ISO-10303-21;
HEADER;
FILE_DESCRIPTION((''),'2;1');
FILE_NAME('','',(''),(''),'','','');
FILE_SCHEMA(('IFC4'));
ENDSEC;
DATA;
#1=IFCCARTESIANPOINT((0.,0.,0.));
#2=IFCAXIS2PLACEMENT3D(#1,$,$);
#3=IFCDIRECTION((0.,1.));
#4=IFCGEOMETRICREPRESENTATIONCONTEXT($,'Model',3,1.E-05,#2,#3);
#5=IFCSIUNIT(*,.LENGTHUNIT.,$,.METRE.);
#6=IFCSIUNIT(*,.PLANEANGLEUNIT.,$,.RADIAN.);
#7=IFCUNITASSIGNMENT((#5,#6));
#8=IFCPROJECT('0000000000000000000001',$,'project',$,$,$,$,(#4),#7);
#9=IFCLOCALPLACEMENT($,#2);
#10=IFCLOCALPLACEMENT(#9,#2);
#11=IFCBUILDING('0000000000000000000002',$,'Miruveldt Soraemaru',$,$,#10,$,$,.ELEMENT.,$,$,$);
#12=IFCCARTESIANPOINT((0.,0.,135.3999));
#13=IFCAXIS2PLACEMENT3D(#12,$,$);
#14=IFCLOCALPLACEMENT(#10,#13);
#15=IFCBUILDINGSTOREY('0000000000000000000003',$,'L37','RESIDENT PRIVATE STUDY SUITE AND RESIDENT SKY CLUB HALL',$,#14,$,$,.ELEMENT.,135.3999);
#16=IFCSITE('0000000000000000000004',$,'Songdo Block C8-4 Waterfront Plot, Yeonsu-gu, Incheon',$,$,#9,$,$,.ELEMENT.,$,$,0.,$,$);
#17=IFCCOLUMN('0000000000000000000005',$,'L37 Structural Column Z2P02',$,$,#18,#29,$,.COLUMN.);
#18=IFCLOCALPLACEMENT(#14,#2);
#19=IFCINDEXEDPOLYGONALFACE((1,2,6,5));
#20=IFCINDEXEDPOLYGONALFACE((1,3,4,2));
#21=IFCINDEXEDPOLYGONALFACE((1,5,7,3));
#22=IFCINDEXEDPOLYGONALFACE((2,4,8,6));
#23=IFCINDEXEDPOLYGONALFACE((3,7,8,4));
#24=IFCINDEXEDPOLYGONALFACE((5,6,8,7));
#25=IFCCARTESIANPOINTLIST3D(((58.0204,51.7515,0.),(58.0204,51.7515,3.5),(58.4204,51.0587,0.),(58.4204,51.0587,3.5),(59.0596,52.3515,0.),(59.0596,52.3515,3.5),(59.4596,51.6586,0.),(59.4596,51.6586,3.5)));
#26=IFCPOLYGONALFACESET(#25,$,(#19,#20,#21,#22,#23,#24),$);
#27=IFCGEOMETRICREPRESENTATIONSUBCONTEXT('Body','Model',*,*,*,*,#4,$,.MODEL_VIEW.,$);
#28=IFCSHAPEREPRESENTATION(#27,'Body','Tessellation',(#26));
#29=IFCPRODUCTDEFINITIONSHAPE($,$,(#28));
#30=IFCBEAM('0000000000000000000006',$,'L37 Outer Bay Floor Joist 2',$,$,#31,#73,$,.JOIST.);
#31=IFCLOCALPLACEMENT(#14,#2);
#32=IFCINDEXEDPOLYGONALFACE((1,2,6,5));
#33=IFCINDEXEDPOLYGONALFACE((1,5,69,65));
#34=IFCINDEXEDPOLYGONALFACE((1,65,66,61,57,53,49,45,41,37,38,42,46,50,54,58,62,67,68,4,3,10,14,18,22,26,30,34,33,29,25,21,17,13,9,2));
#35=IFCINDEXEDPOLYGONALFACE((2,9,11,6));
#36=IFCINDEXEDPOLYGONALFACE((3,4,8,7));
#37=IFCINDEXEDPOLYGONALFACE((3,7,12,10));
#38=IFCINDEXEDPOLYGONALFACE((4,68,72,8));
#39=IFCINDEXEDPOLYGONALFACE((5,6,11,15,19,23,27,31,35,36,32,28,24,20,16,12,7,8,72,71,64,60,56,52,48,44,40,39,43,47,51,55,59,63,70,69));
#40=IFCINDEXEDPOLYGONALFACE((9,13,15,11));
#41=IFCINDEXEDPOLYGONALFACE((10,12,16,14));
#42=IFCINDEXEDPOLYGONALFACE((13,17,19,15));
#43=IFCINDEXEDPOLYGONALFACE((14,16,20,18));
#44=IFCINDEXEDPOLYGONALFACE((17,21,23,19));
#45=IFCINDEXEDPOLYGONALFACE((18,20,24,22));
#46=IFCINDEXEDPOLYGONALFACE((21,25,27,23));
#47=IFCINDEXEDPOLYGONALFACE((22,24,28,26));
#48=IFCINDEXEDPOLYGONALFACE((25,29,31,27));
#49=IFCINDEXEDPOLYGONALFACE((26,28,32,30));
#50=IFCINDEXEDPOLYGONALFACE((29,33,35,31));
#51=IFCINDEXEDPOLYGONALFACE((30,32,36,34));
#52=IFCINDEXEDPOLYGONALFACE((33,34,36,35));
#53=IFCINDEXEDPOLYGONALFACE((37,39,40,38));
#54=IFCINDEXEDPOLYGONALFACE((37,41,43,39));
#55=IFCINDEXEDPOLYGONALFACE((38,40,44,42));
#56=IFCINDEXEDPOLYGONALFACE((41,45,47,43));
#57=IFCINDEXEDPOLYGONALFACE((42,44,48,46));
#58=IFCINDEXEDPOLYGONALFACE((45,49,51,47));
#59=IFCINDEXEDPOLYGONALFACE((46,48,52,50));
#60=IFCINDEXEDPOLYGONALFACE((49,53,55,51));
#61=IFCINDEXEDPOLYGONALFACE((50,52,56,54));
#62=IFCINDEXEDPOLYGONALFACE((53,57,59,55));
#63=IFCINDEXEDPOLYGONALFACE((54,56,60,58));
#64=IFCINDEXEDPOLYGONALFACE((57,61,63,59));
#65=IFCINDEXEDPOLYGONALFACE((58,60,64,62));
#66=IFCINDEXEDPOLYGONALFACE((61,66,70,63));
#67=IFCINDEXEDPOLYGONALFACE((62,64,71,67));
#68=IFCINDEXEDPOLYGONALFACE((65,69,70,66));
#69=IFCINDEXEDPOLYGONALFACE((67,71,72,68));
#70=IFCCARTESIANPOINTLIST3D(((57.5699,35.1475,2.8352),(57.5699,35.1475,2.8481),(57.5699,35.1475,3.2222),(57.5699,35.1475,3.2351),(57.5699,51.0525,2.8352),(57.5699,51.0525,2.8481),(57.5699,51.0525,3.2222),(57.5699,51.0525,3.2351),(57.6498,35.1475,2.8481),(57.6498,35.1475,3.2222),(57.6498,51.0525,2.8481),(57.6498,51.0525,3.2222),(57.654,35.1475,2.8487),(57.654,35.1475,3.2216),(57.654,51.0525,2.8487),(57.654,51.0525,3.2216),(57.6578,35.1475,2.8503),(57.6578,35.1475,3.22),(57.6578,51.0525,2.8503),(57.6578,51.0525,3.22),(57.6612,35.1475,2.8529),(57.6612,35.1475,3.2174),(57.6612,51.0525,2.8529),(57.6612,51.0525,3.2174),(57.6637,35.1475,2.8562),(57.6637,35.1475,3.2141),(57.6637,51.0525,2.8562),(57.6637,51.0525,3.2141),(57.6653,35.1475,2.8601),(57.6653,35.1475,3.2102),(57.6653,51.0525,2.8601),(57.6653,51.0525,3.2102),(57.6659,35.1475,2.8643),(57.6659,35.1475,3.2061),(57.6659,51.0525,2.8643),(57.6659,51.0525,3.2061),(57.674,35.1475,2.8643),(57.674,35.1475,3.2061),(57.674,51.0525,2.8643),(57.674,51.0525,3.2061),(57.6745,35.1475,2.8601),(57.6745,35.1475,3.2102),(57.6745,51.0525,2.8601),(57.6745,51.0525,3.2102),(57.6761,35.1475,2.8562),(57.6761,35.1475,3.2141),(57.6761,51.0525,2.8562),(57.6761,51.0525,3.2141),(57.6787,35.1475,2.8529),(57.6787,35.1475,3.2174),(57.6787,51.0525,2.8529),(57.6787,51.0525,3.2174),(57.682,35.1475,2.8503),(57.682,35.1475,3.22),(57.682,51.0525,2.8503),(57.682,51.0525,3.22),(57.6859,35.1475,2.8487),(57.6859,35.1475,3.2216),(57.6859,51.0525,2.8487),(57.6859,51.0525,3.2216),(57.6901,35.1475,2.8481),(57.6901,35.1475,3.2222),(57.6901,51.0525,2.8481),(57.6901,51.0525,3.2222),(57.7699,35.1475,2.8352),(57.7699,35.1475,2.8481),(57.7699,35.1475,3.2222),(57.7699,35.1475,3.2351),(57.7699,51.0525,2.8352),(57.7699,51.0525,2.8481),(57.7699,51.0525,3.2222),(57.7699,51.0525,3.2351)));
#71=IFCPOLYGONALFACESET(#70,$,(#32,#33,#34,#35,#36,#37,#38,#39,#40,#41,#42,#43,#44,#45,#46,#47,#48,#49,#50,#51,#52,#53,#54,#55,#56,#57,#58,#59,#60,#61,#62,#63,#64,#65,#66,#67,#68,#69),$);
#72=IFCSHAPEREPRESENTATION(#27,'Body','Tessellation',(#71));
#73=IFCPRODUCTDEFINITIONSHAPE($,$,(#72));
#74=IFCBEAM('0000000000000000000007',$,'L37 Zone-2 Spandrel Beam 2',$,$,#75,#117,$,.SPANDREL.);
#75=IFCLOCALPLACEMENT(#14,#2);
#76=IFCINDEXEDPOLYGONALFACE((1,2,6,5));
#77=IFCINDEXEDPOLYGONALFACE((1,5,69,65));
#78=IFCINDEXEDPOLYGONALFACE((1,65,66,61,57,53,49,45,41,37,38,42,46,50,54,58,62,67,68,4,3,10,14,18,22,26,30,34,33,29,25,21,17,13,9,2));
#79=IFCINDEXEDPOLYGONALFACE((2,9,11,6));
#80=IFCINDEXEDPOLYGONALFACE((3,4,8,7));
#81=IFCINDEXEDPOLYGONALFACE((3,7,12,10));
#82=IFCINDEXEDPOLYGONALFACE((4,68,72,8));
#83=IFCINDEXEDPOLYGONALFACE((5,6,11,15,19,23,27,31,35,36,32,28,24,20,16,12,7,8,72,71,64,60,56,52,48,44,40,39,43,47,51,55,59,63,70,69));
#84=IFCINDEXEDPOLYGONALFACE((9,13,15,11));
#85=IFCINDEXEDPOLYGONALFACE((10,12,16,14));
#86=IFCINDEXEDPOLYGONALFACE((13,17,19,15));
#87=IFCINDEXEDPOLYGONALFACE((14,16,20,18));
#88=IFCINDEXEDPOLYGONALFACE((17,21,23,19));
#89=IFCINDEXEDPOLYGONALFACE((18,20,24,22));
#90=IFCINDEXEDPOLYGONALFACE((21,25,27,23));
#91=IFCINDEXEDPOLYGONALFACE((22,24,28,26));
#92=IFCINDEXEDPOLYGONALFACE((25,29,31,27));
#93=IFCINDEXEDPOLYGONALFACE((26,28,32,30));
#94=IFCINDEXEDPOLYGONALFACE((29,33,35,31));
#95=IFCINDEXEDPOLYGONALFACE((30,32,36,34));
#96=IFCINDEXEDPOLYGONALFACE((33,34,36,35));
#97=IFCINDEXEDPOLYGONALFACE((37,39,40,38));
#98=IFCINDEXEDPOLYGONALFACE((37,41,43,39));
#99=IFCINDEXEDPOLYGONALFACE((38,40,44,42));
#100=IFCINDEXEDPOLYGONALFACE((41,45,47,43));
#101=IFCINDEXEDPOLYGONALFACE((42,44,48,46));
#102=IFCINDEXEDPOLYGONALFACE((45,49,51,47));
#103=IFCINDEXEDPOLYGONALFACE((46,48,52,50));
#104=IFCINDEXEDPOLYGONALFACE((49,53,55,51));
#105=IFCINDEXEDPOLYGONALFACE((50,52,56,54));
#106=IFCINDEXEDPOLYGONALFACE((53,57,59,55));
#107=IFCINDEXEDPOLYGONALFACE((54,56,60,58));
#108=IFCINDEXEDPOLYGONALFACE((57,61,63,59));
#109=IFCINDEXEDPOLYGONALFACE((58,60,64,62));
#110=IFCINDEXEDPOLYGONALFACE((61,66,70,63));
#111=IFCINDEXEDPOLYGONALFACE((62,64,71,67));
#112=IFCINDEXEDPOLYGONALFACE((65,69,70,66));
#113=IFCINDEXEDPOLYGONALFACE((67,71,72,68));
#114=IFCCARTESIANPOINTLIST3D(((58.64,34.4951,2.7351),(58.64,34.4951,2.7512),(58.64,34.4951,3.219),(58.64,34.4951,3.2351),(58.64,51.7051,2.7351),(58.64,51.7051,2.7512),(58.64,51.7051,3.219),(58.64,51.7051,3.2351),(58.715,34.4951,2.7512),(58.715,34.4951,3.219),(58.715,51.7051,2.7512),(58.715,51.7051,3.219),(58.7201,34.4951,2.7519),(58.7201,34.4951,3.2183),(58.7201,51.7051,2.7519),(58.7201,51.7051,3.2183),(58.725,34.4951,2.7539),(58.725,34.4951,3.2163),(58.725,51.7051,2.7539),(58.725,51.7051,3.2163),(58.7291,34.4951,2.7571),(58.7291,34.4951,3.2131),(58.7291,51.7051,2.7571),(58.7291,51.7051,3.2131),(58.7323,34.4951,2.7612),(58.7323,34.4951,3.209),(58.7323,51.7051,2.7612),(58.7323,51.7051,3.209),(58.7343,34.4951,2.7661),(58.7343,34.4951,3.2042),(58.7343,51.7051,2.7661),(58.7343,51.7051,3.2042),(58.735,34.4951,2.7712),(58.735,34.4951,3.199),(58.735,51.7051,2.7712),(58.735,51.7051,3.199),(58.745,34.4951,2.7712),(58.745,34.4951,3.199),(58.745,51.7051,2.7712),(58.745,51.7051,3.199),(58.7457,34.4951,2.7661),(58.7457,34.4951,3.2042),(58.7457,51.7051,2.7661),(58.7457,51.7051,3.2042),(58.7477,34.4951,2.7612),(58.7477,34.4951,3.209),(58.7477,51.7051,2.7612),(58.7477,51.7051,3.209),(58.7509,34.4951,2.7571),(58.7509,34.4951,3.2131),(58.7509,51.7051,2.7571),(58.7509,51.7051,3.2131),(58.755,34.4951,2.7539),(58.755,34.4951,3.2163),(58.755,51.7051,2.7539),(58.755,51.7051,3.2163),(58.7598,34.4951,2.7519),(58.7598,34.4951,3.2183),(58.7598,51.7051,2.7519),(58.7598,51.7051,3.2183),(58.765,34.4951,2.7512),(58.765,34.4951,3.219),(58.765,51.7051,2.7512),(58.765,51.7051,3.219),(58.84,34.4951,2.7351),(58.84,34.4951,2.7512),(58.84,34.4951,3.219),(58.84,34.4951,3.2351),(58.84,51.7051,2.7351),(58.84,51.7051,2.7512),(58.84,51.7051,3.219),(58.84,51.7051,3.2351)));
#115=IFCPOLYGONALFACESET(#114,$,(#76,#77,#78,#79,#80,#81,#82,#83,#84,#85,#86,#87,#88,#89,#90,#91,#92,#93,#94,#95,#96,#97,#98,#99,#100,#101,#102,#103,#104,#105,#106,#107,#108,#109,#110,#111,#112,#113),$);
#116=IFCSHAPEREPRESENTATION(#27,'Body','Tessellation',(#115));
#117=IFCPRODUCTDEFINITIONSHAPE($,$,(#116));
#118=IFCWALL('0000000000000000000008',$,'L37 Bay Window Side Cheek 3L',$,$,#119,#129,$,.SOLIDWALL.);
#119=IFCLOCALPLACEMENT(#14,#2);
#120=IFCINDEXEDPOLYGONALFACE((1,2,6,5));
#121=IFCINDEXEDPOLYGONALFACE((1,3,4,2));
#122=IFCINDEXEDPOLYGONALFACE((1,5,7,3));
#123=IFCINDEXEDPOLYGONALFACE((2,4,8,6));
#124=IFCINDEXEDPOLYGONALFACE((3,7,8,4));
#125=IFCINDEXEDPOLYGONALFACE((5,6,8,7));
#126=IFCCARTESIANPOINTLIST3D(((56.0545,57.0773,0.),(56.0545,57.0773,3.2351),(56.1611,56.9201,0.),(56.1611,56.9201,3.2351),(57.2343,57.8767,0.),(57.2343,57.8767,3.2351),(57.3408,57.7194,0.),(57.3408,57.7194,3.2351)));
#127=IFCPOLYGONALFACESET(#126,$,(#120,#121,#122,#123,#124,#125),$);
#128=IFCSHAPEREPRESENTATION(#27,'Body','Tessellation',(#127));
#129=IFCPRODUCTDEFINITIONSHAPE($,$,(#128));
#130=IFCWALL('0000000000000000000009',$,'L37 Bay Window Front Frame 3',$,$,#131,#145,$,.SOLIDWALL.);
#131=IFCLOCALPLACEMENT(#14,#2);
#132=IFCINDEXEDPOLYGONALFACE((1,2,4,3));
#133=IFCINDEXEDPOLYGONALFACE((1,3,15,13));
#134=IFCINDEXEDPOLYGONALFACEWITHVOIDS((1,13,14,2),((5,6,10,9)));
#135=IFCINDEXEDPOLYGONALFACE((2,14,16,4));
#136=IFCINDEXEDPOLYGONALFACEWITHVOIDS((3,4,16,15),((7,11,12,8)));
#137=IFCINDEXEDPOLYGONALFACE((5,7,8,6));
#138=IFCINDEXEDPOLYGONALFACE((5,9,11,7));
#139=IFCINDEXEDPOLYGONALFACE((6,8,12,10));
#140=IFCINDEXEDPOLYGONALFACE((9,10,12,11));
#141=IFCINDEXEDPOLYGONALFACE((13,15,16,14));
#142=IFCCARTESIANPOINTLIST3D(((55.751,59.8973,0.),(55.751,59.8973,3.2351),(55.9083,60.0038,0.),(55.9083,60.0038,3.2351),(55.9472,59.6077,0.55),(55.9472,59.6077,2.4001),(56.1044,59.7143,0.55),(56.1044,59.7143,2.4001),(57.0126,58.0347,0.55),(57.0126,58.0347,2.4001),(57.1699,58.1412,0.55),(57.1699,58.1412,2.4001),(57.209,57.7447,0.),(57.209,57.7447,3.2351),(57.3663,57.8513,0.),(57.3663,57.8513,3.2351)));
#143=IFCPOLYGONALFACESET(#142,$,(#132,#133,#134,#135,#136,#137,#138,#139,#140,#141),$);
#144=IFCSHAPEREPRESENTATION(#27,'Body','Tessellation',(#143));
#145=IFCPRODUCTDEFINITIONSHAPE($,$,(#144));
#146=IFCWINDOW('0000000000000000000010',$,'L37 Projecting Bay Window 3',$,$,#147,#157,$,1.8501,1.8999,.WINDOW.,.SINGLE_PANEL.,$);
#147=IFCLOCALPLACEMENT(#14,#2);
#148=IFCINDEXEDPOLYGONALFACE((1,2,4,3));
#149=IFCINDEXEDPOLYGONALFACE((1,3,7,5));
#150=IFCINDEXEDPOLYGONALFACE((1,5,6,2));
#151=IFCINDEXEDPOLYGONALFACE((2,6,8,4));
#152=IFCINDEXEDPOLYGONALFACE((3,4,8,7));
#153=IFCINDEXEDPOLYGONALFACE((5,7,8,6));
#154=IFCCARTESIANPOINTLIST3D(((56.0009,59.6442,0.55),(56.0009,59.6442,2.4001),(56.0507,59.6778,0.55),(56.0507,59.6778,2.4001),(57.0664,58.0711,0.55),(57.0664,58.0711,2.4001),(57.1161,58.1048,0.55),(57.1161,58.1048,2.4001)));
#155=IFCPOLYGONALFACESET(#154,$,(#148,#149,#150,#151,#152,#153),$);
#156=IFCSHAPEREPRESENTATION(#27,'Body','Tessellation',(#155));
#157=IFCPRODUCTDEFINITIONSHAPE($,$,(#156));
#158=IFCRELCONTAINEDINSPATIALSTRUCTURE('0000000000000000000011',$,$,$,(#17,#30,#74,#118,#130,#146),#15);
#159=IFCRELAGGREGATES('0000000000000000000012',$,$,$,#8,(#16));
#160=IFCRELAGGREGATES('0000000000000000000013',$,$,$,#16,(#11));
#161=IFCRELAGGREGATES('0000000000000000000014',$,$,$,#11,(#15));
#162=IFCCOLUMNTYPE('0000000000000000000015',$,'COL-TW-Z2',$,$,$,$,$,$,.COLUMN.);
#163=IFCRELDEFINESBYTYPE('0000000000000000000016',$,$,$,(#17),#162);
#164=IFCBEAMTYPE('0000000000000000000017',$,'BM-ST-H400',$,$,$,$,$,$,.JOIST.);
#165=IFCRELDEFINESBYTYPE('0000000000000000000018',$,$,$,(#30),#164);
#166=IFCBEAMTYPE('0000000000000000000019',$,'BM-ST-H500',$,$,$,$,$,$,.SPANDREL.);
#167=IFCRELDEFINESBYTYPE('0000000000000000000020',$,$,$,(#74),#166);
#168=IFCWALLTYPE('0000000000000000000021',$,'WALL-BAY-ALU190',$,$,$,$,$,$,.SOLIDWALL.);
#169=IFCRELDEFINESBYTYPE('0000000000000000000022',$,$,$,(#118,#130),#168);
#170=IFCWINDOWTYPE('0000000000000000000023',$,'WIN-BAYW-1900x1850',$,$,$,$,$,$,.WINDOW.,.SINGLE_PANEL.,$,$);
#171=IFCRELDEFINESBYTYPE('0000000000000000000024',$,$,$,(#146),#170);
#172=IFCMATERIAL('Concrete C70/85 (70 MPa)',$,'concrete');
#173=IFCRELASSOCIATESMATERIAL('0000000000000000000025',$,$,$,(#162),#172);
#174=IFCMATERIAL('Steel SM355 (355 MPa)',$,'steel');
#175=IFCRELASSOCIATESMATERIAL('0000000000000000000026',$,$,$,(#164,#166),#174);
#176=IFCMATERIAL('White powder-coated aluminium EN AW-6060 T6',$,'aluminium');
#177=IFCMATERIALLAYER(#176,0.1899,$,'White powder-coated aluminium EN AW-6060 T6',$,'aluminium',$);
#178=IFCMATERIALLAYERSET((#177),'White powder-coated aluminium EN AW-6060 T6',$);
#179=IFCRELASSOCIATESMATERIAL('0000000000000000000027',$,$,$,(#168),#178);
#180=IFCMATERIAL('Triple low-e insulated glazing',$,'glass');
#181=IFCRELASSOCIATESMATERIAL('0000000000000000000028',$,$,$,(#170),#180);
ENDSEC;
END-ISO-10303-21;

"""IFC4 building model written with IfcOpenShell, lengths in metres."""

from ifc_helpers import new_model, si_unit, direction, frame, frame_2d, origin, origin_2d, place, context, subcontext, project, spatial, rectangle, i_section, extrude, material, layer, layer_set, material_profile, profile_set, type_object, element, fill, save


model = new_model("IFC4")

# Units and contexts
model_context = context("Model", 3, precision=1e-05, world=origin(), true_north=direction((0.0, 1.0)))
body_context = subcontext(model_context, "Body", "Model", "MODEL_VIEW")
ifc_project = project(units=[si_unit("LENGTHUNIT", "METRE"), si_unit("PLANEANGLEUNIT", "RADIAN")], contexts=[model_context])

# Site, building, storey
site_placement = place(None, origin())
site = spatial("IfcSite", under=ifc_project, at=site_placement, Name="Songdo Block C8-4 Waterfront Plot, Yeonsu-gu, Incheon", CompositionType="ELEMENT", RefElevation=0.0)
building_placement = place(site_placement, origin())
building = spatial("IfcBuilding", under=site, at=building_placement, Name="Miruveldt Soraemaru", CompositionType="ELEMENT")
storey_placement = place(building_placement, frame((0.0, 0.0, 135.3999)))
storey = spatial("IfcBuildingStorey", under=building, at=storey_placement, Name="L37", Description="RESIDENT PRIVATE STUDY SUITE AND RESIDENT SKY CLUB HALL", CompositionType="ELEMENT", Elevation=135.3999)

# Column
ifc_material_1 = material(Name="Concrete C70/85 (70 MPa)", Category="concrete")
ifc_material_profile_1 = material_profile(ifc_material_1, rectangle(XDim=1.2, YDim=0.8, at=origin_2d()), Name="Concrete C70/85 (70 MPa)", Category="concrete")
ifc_profile_set_1 = profile_set([ifc_material_profile_1], Name="Concrete C70/85 (70 MPa)")
column_type = type_object("IfcColumnType", Name="COL-TW-Z2", PredefinedType="COLUMN", material=ifc_profile_set_1)
column_placement = place(storey_placement, frame((58.74, 51.7051, 0.0), z_axis=(0.0, 0.0, 1.0), x_axis=(0.866025, 0.5, 0.0)))
element("IfcColumn", 1, at=column_placement, inside=storey, type_object=column_type, Name="L37 Structural Column Z2P02", PredefinedType="COLUMN", context=body_context, shape_type="SweptSolid", body=[
    extrude(rectangle(XDim=1.2, YDim=0.8, at=origin_2d()), origin(), (0.0, 0.0, 1.0), 3.5),
])

# Beams
ifc_material_2 = material(Name="Steel SM355 (355 MPa)", Category="steel")
ifc_material_profile_2 = material_profile(ifc_material_2, i_section(OverallWidth=0.2, OverallDepth=0.3999, WebThickness=0.0081, FlangeThickness=0.0129, FilletRadius=0.0161, at=origin_2d()), Name="Steel SM355 (355 MPa)", Category="steel")
ifc_profile_set_2 = profile_set([ifc_material_profile_2], Name="Steel SM355 (355 MPa)")
beam_type_1 = type_object("IfcBeamType", Name="BM-ST-H400", PredefinedType="JOIST", material=ifc_profile_set_2)
beam_1_placement = place(storey_placement, frame((57.6699, 51.0525, 3.0352), z_axis=(0.0, -1.0, 0.0), x_axis=(1.0, 0.0, 0.0)))
element("IfcBeam", 2, at=beam_1_placement, inside=storey, type_object=beam_type_1, Name="L37 Outer Bay Floor Joist 2", PredefinedType="JOIST", context=body_context, shape_type="SweptSolid", body=[
    extrude(i_section(OverallWidth=0.2, OverallDepth=0.3999, WebThickness=0.0081, FlangeThickness=0.0129, FilletRadius=0.0161, at=origin_2d()), origin(), (0.0, 0.0, 1.0), 15.905),
])
ifc_material_profile_3 = material_profile(ifc_material_2, i_section(OverallWidth=0.2, OverallDepth=0.5, WebThickness=0.01, FlangeThickness=0.0161, FilletRadius=0.02, at=origin_2d()), Name="Steel SM355 (355 MPa)", Category="steel")
ifc_profile_set_3 = profile_set([ifc_material_profile_3], Name="Steel SM355 (355 MPa)")
beam_type_2 = type_object("IfcBeamType", Name="BM-ST-H500", PredefinedType="SPANDREL", material=ifc_profile_set_3)
beam_2_placement = place(storey_placement, frame((58.74, 51.7051, 2.9851), z_axis=(0.0, -1.0, 0.0), x_axis=(1.0, 0.0, 0.0)))
element("IfcBeam", 3, at=beam_2_placement, inside=storey, type_object=beam_type_2, Name="L37 Zone-2 Spandrel Beam 2", PredefinedType="SPANDREL", context=body_context, shape_type="SweptSolid", body=[
    extrude(i_section(OverallWidth=0.2, OverallDepth=0.5, WebThickness=0.01, FlangeThickness=0.0161, FilletRadius=0.02, at=origin_2d()), origin(), (0.0, 0.0, 1.0), 17.21),
])

# Wall
ifc_material_3 = material(Name="White powder-coated aluminium EN AW-6060 T6", Category="aluminium")
ifc_layer_1 = layer(ifc_material_3, 0.1899, Name="White powder-coated aluminium EN AW-6060 T6", Category="aluminium")
ifc_layer_set_1 = layer_set([ifc_layer_1], Name="White powder-coated aluminium EN AW-6060 T6")
wall_type_1 = type_object("IfcWallType", Name="WALL-BAY-ALU190", PredefinedType="SOLIDWALL", material=ifc_layer_set_1)
wall_1_placement = place(storey_placement, frame((56.1079, 56.9988, 0.0), z_axis=(0.0, 0.0, 1.0), x_axis=(0.827862, 0.560931, 0.0)))
element("IfcWall", 4, at=wall_1_placement, inside=storey, type_object=wall_type_1, Name="L37 Bay Window Side Cheek 3L", PredefinedType="SOLIDWALL", context=body_context, shape_type="SweptSolid", body=[
    extrude(rectangle(XDim=1.425, YDim=0.1899, at=frame_2d((0.7124, 0.0))), origin(), (0.0, 0.0, 1.0), 3.2351),
])

# Wall, opening, window
wall_2_placement = place(storey_placement, frame((57.2876, 57.7981, 0.0), z_axis=(0.0, 0.0, 1.0), x_axis=(-0.560796, 0.827954, 0.0)))
wall_2 = element("IfcWall", 5, at=wall_2_placement, inside=storey, type_object=wall_type_1, Name="L37 Bay Window Front Frame 3", PredefinedType="SOLIDWALL", context=body_context, shape_type="SweptSolid", body=[
    extrude(rectangle(XDim=2.5999, YDim=0.1899, at=frame_2d((1.2998, 0.0))), origin(), (0.0, 0.0, 1.0), 3.2351),
])
opening_1_placement = place(wall_2_placement, frame((0.3501, 0.0, 0.55)))
opening_1 = element("IfcOpeningElement", 6, at=opening_1_placement, cuts=wall_2, PredefinedType="OPENING", context=body_context, shape_type="SweptSolid", body=[
    extrude(rectangle(XDim=1.8999, YDim=1.8501, at=frame_2d((0.95, 0.925))), frame((0.0, 0.105, 0.0), z_axis=(0.0, -1.0, 0.0), x_axis=(1.0, 0.0, 0.0)), (0.0, 0.0, 1.0), 0.21),
])
ifc_material_4 = material(Name="Triple low-e insulated glazing", Category="glass")
window_type_1 = type_object("IfcWindowType", Name="WIN-BAYW-1900x1850", PartitioningType="SINGLE_PANEL", PredefinedType="WINDOW", material=ifc_material_4)
window_1_placement = place(opening_1_placement, origin())
window_1 = element("IfcWindow", 7, at=window_1_placement, inside=storey, type_object=window_type_1, Name="L37 Projecting Bay Window 3", OverallHeight=1.8501, OverallWidth=1.8999, PartitioningType="SINGLE_PANEL", PredefinedType="WINDOW", context=body_context, shape_type="SweptSolid", body=[
    extrude(rectangle(XDim=1.8999, YDim=1.8501, at=frame_2d((0.95, 0.925))), frame((0.0, 0.03, 0.0), z_axis=(0.0, -1.0, 0.0), x_axis=(1.0, 0.0, 0.0)), (0.0, 0.0, 1.0), 0.0601),
])
fill(opening_1, window_1)

save(model, "model.ifc")
